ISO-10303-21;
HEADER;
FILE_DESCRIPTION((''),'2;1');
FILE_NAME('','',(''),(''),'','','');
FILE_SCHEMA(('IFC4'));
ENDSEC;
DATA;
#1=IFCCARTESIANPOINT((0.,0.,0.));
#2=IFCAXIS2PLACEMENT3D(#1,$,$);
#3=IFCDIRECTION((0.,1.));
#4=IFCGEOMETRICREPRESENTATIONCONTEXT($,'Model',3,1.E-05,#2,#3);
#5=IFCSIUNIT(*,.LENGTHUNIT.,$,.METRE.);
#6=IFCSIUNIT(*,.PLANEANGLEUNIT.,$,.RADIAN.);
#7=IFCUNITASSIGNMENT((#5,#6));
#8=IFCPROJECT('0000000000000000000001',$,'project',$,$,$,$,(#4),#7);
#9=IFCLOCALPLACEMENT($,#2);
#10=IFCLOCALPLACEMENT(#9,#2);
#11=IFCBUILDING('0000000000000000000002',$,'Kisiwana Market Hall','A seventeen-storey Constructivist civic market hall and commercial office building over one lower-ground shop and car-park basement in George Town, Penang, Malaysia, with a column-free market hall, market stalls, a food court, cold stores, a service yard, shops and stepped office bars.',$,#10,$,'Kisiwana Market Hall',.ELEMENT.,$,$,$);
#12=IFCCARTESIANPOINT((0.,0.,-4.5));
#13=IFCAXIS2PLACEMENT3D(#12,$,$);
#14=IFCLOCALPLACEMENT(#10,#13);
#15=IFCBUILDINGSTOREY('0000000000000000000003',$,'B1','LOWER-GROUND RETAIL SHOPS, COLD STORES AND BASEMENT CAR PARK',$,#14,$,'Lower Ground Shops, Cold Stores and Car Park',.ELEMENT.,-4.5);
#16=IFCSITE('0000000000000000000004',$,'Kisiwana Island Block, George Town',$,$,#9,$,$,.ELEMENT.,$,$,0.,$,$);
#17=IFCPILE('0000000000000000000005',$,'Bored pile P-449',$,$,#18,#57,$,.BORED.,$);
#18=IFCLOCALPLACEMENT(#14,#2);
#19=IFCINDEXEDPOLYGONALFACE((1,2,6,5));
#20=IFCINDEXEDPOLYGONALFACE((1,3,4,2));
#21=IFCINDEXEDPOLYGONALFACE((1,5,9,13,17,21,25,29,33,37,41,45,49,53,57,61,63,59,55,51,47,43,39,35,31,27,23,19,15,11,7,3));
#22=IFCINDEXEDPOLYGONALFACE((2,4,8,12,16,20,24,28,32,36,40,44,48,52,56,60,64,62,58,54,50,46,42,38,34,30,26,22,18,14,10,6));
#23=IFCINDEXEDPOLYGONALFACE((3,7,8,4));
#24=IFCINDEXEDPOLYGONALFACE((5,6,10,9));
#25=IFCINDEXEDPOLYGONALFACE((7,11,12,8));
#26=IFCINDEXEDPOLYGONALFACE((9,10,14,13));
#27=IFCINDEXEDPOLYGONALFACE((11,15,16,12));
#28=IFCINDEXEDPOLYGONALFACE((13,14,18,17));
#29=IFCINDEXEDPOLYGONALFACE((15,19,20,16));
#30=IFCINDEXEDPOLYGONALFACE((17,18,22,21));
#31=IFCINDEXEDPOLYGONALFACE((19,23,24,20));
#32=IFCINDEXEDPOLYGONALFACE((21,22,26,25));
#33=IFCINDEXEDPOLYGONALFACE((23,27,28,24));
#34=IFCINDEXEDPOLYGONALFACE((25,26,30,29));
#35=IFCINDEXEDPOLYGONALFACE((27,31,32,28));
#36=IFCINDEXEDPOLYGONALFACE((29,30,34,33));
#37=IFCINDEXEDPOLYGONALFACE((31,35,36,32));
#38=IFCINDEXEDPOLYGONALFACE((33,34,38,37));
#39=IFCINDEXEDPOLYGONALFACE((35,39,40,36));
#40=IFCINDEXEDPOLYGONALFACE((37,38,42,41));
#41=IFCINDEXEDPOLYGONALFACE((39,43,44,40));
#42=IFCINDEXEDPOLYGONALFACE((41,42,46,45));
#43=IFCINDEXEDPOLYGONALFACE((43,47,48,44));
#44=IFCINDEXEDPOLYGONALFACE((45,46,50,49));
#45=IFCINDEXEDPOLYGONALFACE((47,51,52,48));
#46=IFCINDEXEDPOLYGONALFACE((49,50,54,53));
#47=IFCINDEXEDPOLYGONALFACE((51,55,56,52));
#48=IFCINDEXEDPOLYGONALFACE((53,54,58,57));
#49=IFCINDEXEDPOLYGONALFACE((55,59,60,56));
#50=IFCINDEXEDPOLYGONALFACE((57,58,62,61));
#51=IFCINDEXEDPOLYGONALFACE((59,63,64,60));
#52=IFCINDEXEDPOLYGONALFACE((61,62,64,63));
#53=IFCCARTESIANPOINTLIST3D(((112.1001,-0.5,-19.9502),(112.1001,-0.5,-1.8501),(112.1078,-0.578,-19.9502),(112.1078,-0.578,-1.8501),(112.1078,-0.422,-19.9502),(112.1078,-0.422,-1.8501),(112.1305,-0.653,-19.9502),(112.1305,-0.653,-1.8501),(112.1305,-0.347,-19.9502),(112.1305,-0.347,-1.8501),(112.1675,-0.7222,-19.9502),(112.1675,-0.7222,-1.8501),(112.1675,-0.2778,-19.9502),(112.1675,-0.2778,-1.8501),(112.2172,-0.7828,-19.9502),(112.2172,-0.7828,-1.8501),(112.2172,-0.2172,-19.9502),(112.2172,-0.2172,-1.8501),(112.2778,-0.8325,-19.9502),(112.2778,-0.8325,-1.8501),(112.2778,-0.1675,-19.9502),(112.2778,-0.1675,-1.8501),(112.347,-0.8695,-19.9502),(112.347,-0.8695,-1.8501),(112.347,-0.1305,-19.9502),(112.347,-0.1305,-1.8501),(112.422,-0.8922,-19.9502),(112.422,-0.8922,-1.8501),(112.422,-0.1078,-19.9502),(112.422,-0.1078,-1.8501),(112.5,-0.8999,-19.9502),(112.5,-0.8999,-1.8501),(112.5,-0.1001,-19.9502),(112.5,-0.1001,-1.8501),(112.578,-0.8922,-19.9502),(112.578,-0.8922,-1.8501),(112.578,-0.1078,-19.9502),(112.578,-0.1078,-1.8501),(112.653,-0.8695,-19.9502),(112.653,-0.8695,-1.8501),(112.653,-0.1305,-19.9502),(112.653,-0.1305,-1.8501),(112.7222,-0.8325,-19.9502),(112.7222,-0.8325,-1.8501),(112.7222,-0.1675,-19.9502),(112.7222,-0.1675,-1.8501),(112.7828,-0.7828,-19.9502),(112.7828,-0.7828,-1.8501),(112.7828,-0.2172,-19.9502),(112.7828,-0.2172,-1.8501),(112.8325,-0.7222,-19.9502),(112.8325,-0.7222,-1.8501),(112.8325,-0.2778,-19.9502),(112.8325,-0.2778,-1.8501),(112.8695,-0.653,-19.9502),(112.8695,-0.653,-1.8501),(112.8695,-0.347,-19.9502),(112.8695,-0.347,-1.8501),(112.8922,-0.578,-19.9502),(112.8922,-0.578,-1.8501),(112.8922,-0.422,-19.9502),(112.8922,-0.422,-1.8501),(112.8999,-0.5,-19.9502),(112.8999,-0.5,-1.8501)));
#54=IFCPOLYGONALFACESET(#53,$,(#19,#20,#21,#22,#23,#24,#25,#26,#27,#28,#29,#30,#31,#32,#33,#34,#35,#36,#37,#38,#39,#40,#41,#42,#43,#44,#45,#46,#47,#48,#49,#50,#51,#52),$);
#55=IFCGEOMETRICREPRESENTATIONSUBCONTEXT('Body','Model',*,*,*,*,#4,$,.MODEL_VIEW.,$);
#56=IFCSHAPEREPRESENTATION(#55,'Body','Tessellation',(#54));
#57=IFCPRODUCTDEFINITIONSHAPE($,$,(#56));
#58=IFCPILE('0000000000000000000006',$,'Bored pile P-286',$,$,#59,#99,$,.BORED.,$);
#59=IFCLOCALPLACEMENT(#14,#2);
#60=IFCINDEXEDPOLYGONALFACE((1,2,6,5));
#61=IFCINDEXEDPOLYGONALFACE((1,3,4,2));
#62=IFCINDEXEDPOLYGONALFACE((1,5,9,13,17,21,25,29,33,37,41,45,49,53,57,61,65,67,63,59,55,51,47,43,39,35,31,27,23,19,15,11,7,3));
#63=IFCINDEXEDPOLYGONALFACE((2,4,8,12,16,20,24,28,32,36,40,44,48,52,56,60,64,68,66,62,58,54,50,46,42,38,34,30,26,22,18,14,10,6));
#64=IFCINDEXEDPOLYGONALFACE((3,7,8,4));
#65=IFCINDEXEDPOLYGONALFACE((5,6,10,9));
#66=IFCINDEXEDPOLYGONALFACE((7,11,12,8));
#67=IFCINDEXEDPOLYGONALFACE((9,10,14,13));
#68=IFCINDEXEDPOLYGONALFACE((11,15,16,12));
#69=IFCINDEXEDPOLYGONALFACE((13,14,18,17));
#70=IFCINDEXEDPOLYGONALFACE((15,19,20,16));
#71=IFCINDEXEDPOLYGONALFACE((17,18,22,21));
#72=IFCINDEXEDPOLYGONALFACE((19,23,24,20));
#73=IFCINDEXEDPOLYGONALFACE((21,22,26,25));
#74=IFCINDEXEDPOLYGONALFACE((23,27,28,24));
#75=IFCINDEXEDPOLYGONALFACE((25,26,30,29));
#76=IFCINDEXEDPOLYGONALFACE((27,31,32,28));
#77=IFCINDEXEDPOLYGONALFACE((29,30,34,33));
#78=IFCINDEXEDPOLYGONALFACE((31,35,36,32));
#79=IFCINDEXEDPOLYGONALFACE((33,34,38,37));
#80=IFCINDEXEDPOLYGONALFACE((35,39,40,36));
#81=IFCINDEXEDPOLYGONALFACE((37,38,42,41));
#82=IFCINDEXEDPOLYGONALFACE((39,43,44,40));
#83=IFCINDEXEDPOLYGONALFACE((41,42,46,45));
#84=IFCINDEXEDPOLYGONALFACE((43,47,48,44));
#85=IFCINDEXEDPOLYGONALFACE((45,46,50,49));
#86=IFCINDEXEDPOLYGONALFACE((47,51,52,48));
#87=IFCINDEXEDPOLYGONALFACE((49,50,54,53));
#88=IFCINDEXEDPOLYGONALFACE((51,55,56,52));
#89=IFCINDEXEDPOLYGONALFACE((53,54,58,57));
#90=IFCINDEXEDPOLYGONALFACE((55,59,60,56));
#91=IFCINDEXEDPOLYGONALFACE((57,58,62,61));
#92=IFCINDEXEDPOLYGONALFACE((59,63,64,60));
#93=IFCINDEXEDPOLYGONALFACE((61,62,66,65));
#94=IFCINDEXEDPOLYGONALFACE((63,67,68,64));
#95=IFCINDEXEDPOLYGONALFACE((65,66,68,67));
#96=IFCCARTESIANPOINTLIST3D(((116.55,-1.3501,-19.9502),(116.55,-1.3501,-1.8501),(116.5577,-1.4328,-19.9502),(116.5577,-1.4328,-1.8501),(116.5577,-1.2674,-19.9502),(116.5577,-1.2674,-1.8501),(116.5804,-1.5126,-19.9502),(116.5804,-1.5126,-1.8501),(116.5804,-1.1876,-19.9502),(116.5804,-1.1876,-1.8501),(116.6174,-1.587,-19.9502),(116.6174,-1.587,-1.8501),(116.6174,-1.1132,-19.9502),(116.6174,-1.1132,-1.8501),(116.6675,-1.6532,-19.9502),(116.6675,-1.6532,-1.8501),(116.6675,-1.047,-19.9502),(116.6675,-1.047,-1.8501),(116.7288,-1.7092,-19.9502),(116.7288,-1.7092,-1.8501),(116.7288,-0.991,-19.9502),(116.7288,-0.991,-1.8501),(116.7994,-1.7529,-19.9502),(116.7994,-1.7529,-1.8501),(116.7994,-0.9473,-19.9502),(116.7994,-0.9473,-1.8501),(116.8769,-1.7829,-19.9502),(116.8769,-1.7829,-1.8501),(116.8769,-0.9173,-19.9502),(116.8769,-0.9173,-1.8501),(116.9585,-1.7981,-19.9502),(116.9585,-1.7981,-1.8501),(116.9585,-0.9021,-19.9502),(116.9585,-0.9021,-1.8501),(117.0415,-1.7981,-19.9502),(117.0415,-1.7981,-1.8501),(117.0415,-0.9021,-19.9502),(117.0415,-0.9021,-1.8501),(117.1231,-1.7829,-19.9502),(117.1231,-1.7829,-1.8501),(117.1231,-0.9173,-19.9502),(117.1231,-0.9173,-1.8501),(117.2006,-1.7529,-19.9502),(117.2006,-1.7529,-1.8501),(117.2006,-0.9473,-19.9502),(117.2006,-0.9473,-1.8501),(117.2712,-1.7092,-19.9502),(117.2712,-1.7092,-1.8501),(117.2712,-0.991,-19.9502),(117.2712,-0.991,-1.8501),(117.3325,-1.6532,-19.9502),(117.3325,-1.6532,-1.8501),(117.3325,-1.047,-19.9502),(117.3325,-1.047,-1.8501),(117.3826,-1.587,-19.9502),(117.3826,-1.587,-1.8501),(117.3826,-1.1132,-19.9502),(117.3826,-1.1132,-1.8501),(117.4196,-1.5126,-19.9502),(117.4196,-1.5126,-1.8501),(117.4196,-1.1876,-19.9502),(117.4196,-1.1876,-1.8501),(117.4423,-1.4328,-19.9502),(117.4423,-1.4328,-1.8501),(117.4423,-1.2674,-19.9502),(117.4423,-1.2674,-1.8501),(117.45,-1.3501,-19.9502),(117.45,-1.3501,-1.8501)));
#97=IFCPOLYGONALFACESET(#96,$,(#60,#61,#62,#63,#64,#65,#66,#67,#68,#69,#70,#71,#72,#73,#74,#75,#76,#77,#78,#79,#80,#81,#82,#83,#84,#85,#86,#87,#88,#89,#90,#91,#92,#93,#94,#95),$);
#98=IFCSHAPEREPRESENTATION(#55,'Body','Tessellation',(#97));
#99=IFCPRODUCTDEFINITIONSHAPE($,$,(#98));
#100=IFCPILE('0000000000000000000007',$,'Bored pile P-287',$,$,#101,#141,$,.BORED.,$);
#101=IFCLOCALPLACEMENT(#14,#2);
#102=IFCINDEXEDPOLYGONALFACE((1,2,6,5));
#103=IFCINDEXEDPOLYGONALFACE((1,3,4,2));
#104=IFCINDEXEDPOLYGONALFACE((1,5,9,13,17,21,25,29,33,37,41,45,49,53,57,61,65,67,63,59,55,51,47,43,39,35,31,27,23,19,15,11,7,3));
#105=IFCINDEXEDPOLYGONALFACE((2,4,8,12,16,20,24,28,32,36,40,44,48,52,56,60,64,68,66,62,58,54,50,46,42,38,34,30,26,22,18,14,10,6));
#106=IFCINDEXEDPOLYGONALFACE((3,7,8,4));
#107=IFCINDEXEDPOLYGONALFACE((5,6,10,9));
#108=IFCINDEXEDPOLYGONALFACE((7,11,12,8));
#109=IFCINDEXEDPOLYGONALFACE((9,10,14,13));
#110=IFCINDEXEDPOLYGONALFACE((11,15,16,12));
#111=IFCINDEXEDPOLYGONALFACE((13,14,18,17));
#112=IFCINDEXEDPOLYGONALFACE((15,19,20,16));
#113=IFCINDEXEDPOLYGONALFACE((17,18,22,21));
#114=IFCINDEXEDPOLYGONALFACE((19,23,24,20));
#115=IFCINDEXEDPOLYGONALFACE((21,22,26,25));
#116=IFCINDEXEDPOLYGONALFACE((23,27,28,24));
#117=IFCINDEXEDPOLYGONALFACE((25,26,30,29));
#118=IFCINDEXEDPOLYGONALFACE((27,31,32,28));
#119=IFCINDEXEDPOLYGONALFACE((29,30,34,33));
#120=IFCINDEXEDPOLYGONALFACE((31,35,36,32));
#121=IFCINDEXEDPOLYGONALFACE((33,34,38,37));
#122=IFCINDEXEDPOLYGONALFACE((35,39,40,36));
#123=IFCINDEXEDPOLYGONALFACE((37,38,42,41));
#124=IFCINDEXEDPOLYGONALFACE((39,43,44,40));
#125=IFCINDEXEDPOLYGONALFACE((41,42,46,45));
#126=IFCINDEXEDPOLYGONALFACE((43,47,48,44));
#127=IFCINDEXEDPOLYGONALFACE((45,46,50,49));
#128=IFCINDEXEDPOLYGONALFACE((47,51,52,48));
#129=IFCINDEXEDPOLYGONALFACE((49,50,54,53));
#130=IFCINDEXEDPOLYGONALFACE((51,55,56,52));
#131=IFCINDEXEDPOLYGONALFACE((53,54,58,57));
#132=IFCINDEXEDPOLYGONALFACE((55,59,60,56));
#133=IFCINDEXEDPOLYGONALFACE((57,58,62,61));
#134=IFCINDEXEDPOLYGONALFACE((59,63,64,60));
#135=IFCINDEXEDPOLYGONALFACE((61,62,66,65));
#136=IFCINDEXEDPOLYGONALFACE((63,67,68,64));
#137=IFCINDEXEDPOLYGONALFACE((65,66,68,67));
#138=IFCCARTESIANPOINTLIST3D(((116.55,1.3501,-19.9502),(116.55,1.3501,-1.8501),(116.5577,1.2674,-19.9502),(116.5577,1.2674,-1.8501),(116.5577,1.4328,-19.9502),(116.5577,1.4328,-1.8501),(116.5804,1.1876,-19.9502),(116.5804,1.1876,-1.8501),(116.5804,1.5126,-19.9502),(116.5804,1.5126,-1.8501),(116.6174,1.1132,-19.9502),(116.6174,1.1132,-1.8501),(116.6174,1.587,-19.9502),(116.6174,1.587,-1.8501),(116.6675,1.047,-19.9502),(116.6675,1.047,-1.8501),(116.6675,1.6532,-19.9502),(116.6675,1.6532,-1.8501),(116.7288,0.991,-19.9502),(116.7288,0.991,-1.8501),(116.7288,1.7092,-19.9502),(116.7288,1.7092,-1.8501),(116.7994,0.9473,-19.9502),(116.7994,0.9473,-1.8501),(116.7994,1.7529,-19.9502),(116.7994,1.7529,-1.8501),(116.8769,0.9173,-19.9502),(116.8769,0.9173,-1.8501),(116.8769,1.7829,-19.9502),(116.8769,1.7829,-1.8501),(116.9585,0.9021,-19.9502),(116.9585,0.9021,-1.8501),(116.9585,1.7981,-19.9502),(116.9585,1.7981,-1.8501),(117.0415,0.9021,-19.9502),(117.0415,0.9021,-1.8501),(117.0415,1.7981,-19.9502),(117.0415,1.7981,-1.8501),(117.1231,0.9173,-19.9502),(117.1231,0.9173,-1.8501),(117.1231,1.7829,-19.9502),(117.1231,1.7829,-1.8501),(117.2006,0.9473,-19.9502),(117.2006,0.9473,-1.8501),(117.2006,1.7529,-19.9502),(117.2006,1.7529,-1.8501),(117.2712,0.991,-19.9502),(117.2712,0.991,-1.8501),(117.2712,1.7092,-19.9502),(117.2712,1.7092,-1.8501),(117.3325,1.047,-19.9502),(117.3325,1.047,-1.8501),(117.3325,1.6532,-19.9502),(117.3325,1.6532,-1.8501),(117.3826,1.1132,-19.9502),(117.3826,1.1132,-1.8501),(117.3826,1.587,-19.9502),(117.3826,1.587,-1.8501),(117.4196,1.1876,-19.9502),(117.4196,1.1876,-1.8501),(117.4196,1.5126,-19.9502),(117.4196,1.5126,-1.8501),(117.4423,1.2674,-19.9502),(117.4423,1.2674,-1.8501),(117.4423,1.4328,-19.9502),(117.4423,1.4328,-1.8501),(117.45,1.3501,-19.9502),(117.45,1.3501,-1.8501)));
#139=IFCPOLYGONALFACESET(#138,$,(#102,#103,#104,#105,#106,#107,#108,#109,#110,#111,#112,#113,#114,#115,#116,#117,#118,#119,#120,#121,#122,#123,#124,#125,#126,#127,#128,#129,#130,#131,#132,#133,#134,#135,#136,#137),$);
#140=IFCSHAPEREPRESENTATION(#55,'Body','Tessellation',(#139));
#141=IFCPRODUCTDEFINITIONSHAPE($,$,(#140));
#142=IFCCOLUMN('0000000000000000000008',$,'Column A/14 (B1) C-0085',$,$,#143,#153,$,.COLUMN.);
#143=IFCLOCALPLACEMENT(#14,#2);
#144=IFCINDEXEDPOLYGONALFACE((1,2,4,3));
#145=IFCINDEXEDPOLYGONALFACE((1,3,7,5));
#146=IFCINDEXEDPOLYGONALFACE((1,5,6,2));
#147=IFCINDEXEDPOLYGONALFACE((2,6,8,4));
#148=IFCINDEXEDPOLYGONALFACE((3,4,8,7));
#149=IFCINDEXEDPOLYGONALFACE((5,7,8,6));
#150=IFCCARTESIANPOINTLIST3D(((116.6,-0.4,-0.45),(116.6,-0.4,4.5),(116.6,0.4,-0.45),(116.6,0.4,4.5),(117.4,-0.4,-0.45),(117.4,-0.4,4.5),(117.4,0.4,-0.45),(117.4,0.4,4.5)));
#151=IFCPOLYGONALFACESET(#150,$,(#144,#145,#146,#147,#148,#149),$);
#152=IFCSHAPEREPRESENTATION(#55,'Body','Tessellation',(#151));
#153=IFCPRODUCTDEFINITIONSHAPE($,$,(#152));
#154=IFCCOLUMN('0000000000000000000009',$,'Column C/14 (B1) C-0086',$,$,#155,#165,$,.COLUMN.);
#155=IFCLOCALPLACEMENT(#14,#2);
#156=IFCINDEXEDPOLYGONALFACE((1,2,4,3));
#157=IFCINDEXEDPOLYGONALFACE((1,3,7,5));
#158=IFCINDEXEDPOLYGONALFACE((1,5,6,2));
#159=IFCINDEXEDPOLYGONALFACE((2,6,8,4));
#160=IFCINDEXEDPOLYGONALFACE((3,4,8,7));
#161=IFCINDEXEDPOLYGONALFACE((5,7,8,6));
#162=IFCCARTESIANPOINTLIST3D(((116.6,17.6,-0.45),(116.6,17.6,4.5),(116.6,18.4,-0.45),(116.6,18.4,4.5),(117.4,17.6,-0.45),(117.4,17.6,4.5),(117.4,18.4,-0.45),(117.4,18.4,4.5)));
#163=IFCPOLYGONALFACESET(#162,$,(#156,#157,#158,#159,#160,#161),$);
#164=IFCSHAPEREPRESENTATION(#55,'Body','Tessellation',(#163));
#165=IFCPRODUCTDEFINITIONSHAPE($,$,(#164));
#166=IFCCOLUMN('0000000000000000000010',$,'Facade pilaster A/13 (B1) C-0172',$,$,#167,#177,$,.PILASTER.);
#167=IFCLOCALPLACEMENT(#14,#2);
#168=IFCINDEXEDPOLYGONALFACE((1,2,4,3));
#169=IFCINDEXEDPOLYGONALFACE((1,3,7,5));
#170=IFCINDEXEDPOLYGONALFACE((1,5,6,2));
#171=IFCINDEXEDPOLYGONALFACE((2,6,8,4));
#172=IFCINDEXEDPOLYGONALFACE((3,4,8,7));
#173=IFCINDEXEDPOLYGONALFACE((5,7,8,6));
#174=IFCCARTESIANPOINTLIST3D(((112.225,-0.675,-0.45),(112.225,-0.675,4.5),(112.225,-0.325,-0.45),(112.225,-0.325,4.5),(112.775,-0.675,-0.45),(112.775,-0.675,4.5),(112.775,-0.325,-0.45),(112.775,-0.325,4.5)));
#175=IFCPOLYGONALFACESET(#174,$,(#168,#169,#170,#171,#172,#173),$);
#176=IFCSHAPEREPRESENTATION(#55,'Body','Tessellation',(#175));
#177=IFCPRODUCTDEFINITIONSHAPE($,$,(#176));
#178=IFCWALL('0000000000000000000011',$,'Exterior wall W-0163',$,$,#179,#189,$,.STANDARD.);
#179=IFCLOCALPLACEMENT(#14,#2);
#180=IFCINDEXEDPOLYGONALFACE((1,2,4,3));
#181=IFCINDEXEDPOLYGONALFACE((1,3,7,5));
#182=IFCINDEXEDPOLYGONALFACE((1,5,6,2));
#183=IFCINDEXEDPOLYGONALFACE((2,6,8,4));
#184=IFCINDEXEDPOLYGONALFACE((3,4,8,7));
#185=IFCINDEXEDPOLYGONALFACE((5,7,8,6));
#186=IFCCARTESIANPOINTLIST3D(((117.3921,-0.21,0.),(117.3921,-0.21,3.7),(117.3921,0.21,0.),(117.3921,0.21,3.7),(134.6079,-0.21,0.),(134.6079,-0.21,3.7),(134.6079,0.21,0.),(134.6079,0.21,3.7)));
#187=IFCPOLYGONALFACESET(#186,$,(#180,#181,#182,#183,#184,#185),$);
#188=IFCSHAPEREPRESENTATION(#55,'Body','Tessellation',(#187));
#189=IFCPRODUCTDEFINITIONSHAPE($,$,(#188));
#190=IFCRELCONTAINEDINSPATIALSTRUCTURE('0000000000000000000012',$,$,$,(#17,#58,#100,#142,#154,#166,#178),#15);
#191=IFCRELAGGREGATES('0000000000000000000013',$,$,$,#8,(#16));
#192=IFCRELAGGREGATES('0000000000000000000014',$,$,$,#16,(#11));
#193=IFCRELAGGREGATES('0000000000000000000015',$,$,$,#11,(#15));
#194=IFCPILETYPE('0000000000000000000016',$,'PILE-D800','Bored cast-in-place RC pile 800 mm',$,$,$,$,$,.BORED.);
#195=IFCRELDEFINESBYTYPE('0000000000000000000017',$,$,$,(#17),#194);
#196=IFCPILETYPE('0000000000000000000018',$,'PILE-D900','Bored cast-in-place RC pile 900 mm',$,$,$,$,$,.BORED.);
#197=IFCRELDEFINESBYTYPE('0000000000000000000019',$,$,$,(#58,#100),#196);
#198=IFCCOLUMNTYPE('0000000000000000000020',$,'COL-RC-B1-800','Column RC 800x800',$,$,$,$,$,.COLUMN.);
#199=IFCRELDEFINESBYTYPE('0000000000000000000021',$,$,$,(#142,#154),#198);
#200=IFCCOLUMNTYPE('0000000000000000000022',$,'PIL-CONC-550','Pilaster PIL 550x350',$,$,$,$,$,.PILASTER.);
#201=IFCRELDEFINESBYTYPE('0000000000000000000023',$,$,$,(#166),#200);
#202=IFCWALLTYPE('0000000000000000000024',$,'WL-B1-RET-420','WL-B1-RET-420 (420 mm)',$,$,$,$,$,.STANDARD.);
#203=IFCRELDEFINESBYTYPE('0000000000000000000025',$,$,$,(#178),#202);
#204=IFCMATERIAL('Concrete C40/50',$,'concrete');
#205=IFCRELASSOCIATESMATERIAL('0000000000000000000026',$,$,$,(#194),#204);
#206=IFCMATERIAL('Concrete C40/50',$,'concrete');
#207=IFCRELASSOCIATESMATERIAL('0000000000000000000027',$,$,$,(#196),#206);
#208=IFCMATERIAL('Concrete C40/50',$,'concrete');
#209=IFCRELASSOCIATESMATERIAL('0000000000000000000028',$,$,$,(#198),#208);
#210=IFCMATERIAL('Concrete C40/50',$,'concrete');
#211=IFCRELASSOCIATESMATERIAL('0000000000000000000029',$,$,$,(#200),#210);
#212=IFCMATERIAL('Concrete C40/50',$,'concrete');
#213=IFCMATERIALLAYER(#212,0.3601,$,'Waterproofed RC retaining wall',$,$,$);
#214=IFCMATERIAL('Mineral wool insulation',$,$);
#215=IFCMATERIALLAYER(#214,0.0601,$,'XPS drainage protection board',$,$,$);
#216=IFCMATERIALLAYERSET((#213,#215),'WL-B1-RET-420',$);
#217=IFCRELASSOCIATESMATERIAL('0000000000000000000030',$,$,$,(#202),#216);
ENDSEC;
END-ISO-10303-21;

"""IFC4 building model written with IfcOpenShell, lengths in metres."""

from ifc_helpers import new_model, si_unit, direction, frame, frame_2d, origin, origin_2d, place, context, subcontext, project, spatial, rectangle, circle, extrude, material, layer, layer_set, material_profile, profile_set, type_object, element, save


model = new_model("IFC4")

# Units and contexts
model_context = context("Model", 3, precision=1e-05, world=origin(), true_north=direction((0.0, 1.0)))
body_context = subcontext(model_context, "Body", "Model", "MODEL_VIEW")
ifc_project = project(units=[si_unit("LENGTHUNIT", "METRE"), si_unit("PLANEANGLEUNIT", "RADIAN")], contexts=[model_context])

# Site, building, storey
site_placement = place(None, origin())
site = spatial("IfcSite", under=ifc_project, at=site_placement, Name="Kisiwana Island Block, George Town", CompositionType="ELEMENT", RefElevation=0.0)
building_placement = place(site_placement, origin())
building = spatial("IfcBuilding", under=site, at=building_placement, Name="Kisiwana Market Hall", Description="A seventeen-storey Constructivist civic market hall and commercial office building over one lower-ground shop and car-park basement in George Town, Penang, Malaysia, with a column-free market hall, market stalls, a food court, cold stores, a service yard, shops and stepped office bars.", LongName="Kisiwana Market Hall", CompositionType="ELEMENT")
storey_placement = place(building_placement, frame((0.0, 0.0, -4.5)))
storey = spatial("IfcBuildingStorey", under=building, at=storey_placement, Name="B1", Description="LOWER-GROUND RETAIL SHOPS, COLD STORES AND BASEMENT CAR PARK", LongName="Lower Ground Shops, Cold Stores and Car Park", CompositionType="ELEMENT", Elevation=-4.5)

# Piles
ifc_material_1 = material(Name="Concrete C40/50", Category="concrete")
ifc_material_profile_1 = material_profile(ifc_material_1, circle(Radius=0.3999, at=origin_2d()), Name="BP D800")
ifc_profile_set_1 = profile_set([ifc_material_profile_1], Name="Concrete C40/50")
pile_type_1 = type_object("IfcPileType", Name="PILE-D800", Description="Bored cast-in-place RC pile 800 mm", PredefinedType="BORED", material=ifc_profile_set_1)
pile_placement = place(storey_placement, frame((112.5, -0.5, -1.8501), z_axis=(0.0, 0.0, -1.0), x_axis=(1.0, 0.0, 0.0)))
element("IfcPile", 1, at=pile_placement, inside=storey, type_object=pile_type_1, Name="Bored pile P-449", PredefinedType="BORED", context=body_context, shape_type="SweptSolid", body=[
    extrude(circle(Radius=0.3999, at=origin_2d()), origin(), (0.0, 0.0, 1.0), 18.1001),
])
ifc_material_2 = material(Name="Concrete C40/50", Category="concrete")
ifc_material_profile_2 = material_profile(ifc_material_2, circle(Radius=0.45, at=origin_2d()), Name="BP D900")
ifc_profile_set_2 = profile_set([ifc_material_profile_2], Name="Concrete C40/50")
pile_type_2 = type_object("IfcPileType", Name="PILE-D900", Description="Bored cast-in-place RC pile 900 mm", PredefinedType="BORED", material=ifc_profile_set_2)
for number, where, z_axis, x_axis, name in (
    (2, (117.0, -1.3501, -1.8501), (0.0, 0.0, -1.0), (1.0, 0.0, 0.0), "Bored pile P-286"),
    (3, (117.0, 1.3501, -1.8501), (0.0, 0.0, -1.0), (1.0, 0.0, 0.0), "Bored pile P-287"),
):
    element("IfcPile", number, at=place(storey_placement, frame(where, z_axis=z_axis, x_axis=x_axis)), inside=storey, type_object=pile_type_2, Name=name, PredefinedType="BORED", context=body_context, shape_type="SweptSolid", body=[
        extrude(circle(Radius=0.45, at=origin_2d()), origin(), (0.0, 0.0, 1.0), 18.1001),
    ])

# Columns
ifc_material_3 = material(Name="Concrete C40/50", Category="concrete")
ifc_material_profile_3 = material_profile(ifc_material_3, rectangle(XDim=0.8, YDim=0.8, at=origin_2d()), Name="RC 800x800")
ifc_profile_set_3 = profile_set([ifc_material_profile_3], Name="Concrete C40/50")
column_type_1 = type_object("IfcColumnType", Name="COL-RC-B1-800", Description="Column RC 800x800", PredefinedType="COLUMN", material=ifc_profile_set_3)
for number, where, z_axis, x_axis, name in (
    (4, (117.0, 0.0, -0.45), (0.0, 0.0, 1.0), (1.0, 0.0, 0.0), "Column A/14 (B1) C-0085"),
    (5, (117.0, 18.0, -0.45), (0.0, 0.0, 1.0), (1.0, 0.0, 0.0), "Column C/14 (B1) C-0086"),
):
    element("IfcColumn", number, at=place(storey_placement, frame(where, z_axis=z_axis, x_axis=x_axis)), inside=storey, type_object=column_type_1, Name=name, PredefinedType="COLUMN", context=body_context, shape_type="SweptSolid", body=[
        extrude(rectangle(XDim=0.8, YDim=0.8, at=origin_2d()), origin(), (0.0, 0.0, 1.0), 4.95),
    ])
ifc_material_4 = material(Name="Concrete C40/50", Category="concrete")
ifc_material_profile_4 = material_profile(ifc_material_4, rectangle(XDim=0.55, YDim=0.3501, at=origin_2d()), Name="PIL 550x350")
ifc_profile_set_4 = profile_set([ifc_material_profile_4], Name="Concrete C40/50")
column_type_2 = type_object("IfcColumnType", Name="PIL-CONC-550", Description="Pilaster PIL 550x350", PredefinedType="PILASTER", material=ifc_profile_set_4)
column_placement = place(storey_placement, frame((112.5, -0.5, -0.45), z_axis=(0.0, 0.0, 1.0), x_axis=(1.0, 0.0, 0.0)))
element("IfcColumn", 6, at=column_placement, inside=storey, type_object=column_type_2, Name="Facade pilaster A/13 (B1) C-0172", PredefinedType="PILASTER", context=body_context, shape_type="SweptSolid", body=[
    extrude(rectangle(XDim=0.55, YDim=0.3501, at=origin_2d()), origin(), (0.0, 0.0, 1.0), 4.95),
])

# Wall
ifc_material_5 = material(Name="Concrete C40/50", Category="concrete")
ifc_layer_1 = layer(ifc_material_5, 0.3601, Name="Waterproofed RC retaining wall")
ifc_material_6 = material(Name="Mineral wool insulation")
ifc_layer_2 = layer(ifc_material_6, 0.0601, Name="XPS drainage protection board")
ifc_layer_set_1 = layer_set([ifc_layer_1, ifc_layer_2], Name="WL-B1-RET-420")
wall_type_1 = type_object("IfcWallType", Name="WL-B1-RET-420", Description="WL-B1-RET-420 (420 mm)", PredefinedType="STANDARD", material=ifc_layer_set_1)
wall_1_placement = place(storey_placement, frame((117.3921, 0.0, 0.0), z_axis=(0.0, 0.0, 1.0), x_axis=(1.0, 0.0, 0.0)))
element("IfcWall", 7, at=wall_1_placement, inside=storey, type_object=wall_type_1, Name="Exterior wall W-0163", PredefinedType="STANDARD", context=body_context, shape_type="SweptSolid", body=[
    extrude(rectangle(XDim=17.2158, YDim=0.4199, at=frame_2d((8.6079, 0.0))), origin(), (0.0, 0.0, 1.0), 3.7),
])

save(model, "model.ifc")
